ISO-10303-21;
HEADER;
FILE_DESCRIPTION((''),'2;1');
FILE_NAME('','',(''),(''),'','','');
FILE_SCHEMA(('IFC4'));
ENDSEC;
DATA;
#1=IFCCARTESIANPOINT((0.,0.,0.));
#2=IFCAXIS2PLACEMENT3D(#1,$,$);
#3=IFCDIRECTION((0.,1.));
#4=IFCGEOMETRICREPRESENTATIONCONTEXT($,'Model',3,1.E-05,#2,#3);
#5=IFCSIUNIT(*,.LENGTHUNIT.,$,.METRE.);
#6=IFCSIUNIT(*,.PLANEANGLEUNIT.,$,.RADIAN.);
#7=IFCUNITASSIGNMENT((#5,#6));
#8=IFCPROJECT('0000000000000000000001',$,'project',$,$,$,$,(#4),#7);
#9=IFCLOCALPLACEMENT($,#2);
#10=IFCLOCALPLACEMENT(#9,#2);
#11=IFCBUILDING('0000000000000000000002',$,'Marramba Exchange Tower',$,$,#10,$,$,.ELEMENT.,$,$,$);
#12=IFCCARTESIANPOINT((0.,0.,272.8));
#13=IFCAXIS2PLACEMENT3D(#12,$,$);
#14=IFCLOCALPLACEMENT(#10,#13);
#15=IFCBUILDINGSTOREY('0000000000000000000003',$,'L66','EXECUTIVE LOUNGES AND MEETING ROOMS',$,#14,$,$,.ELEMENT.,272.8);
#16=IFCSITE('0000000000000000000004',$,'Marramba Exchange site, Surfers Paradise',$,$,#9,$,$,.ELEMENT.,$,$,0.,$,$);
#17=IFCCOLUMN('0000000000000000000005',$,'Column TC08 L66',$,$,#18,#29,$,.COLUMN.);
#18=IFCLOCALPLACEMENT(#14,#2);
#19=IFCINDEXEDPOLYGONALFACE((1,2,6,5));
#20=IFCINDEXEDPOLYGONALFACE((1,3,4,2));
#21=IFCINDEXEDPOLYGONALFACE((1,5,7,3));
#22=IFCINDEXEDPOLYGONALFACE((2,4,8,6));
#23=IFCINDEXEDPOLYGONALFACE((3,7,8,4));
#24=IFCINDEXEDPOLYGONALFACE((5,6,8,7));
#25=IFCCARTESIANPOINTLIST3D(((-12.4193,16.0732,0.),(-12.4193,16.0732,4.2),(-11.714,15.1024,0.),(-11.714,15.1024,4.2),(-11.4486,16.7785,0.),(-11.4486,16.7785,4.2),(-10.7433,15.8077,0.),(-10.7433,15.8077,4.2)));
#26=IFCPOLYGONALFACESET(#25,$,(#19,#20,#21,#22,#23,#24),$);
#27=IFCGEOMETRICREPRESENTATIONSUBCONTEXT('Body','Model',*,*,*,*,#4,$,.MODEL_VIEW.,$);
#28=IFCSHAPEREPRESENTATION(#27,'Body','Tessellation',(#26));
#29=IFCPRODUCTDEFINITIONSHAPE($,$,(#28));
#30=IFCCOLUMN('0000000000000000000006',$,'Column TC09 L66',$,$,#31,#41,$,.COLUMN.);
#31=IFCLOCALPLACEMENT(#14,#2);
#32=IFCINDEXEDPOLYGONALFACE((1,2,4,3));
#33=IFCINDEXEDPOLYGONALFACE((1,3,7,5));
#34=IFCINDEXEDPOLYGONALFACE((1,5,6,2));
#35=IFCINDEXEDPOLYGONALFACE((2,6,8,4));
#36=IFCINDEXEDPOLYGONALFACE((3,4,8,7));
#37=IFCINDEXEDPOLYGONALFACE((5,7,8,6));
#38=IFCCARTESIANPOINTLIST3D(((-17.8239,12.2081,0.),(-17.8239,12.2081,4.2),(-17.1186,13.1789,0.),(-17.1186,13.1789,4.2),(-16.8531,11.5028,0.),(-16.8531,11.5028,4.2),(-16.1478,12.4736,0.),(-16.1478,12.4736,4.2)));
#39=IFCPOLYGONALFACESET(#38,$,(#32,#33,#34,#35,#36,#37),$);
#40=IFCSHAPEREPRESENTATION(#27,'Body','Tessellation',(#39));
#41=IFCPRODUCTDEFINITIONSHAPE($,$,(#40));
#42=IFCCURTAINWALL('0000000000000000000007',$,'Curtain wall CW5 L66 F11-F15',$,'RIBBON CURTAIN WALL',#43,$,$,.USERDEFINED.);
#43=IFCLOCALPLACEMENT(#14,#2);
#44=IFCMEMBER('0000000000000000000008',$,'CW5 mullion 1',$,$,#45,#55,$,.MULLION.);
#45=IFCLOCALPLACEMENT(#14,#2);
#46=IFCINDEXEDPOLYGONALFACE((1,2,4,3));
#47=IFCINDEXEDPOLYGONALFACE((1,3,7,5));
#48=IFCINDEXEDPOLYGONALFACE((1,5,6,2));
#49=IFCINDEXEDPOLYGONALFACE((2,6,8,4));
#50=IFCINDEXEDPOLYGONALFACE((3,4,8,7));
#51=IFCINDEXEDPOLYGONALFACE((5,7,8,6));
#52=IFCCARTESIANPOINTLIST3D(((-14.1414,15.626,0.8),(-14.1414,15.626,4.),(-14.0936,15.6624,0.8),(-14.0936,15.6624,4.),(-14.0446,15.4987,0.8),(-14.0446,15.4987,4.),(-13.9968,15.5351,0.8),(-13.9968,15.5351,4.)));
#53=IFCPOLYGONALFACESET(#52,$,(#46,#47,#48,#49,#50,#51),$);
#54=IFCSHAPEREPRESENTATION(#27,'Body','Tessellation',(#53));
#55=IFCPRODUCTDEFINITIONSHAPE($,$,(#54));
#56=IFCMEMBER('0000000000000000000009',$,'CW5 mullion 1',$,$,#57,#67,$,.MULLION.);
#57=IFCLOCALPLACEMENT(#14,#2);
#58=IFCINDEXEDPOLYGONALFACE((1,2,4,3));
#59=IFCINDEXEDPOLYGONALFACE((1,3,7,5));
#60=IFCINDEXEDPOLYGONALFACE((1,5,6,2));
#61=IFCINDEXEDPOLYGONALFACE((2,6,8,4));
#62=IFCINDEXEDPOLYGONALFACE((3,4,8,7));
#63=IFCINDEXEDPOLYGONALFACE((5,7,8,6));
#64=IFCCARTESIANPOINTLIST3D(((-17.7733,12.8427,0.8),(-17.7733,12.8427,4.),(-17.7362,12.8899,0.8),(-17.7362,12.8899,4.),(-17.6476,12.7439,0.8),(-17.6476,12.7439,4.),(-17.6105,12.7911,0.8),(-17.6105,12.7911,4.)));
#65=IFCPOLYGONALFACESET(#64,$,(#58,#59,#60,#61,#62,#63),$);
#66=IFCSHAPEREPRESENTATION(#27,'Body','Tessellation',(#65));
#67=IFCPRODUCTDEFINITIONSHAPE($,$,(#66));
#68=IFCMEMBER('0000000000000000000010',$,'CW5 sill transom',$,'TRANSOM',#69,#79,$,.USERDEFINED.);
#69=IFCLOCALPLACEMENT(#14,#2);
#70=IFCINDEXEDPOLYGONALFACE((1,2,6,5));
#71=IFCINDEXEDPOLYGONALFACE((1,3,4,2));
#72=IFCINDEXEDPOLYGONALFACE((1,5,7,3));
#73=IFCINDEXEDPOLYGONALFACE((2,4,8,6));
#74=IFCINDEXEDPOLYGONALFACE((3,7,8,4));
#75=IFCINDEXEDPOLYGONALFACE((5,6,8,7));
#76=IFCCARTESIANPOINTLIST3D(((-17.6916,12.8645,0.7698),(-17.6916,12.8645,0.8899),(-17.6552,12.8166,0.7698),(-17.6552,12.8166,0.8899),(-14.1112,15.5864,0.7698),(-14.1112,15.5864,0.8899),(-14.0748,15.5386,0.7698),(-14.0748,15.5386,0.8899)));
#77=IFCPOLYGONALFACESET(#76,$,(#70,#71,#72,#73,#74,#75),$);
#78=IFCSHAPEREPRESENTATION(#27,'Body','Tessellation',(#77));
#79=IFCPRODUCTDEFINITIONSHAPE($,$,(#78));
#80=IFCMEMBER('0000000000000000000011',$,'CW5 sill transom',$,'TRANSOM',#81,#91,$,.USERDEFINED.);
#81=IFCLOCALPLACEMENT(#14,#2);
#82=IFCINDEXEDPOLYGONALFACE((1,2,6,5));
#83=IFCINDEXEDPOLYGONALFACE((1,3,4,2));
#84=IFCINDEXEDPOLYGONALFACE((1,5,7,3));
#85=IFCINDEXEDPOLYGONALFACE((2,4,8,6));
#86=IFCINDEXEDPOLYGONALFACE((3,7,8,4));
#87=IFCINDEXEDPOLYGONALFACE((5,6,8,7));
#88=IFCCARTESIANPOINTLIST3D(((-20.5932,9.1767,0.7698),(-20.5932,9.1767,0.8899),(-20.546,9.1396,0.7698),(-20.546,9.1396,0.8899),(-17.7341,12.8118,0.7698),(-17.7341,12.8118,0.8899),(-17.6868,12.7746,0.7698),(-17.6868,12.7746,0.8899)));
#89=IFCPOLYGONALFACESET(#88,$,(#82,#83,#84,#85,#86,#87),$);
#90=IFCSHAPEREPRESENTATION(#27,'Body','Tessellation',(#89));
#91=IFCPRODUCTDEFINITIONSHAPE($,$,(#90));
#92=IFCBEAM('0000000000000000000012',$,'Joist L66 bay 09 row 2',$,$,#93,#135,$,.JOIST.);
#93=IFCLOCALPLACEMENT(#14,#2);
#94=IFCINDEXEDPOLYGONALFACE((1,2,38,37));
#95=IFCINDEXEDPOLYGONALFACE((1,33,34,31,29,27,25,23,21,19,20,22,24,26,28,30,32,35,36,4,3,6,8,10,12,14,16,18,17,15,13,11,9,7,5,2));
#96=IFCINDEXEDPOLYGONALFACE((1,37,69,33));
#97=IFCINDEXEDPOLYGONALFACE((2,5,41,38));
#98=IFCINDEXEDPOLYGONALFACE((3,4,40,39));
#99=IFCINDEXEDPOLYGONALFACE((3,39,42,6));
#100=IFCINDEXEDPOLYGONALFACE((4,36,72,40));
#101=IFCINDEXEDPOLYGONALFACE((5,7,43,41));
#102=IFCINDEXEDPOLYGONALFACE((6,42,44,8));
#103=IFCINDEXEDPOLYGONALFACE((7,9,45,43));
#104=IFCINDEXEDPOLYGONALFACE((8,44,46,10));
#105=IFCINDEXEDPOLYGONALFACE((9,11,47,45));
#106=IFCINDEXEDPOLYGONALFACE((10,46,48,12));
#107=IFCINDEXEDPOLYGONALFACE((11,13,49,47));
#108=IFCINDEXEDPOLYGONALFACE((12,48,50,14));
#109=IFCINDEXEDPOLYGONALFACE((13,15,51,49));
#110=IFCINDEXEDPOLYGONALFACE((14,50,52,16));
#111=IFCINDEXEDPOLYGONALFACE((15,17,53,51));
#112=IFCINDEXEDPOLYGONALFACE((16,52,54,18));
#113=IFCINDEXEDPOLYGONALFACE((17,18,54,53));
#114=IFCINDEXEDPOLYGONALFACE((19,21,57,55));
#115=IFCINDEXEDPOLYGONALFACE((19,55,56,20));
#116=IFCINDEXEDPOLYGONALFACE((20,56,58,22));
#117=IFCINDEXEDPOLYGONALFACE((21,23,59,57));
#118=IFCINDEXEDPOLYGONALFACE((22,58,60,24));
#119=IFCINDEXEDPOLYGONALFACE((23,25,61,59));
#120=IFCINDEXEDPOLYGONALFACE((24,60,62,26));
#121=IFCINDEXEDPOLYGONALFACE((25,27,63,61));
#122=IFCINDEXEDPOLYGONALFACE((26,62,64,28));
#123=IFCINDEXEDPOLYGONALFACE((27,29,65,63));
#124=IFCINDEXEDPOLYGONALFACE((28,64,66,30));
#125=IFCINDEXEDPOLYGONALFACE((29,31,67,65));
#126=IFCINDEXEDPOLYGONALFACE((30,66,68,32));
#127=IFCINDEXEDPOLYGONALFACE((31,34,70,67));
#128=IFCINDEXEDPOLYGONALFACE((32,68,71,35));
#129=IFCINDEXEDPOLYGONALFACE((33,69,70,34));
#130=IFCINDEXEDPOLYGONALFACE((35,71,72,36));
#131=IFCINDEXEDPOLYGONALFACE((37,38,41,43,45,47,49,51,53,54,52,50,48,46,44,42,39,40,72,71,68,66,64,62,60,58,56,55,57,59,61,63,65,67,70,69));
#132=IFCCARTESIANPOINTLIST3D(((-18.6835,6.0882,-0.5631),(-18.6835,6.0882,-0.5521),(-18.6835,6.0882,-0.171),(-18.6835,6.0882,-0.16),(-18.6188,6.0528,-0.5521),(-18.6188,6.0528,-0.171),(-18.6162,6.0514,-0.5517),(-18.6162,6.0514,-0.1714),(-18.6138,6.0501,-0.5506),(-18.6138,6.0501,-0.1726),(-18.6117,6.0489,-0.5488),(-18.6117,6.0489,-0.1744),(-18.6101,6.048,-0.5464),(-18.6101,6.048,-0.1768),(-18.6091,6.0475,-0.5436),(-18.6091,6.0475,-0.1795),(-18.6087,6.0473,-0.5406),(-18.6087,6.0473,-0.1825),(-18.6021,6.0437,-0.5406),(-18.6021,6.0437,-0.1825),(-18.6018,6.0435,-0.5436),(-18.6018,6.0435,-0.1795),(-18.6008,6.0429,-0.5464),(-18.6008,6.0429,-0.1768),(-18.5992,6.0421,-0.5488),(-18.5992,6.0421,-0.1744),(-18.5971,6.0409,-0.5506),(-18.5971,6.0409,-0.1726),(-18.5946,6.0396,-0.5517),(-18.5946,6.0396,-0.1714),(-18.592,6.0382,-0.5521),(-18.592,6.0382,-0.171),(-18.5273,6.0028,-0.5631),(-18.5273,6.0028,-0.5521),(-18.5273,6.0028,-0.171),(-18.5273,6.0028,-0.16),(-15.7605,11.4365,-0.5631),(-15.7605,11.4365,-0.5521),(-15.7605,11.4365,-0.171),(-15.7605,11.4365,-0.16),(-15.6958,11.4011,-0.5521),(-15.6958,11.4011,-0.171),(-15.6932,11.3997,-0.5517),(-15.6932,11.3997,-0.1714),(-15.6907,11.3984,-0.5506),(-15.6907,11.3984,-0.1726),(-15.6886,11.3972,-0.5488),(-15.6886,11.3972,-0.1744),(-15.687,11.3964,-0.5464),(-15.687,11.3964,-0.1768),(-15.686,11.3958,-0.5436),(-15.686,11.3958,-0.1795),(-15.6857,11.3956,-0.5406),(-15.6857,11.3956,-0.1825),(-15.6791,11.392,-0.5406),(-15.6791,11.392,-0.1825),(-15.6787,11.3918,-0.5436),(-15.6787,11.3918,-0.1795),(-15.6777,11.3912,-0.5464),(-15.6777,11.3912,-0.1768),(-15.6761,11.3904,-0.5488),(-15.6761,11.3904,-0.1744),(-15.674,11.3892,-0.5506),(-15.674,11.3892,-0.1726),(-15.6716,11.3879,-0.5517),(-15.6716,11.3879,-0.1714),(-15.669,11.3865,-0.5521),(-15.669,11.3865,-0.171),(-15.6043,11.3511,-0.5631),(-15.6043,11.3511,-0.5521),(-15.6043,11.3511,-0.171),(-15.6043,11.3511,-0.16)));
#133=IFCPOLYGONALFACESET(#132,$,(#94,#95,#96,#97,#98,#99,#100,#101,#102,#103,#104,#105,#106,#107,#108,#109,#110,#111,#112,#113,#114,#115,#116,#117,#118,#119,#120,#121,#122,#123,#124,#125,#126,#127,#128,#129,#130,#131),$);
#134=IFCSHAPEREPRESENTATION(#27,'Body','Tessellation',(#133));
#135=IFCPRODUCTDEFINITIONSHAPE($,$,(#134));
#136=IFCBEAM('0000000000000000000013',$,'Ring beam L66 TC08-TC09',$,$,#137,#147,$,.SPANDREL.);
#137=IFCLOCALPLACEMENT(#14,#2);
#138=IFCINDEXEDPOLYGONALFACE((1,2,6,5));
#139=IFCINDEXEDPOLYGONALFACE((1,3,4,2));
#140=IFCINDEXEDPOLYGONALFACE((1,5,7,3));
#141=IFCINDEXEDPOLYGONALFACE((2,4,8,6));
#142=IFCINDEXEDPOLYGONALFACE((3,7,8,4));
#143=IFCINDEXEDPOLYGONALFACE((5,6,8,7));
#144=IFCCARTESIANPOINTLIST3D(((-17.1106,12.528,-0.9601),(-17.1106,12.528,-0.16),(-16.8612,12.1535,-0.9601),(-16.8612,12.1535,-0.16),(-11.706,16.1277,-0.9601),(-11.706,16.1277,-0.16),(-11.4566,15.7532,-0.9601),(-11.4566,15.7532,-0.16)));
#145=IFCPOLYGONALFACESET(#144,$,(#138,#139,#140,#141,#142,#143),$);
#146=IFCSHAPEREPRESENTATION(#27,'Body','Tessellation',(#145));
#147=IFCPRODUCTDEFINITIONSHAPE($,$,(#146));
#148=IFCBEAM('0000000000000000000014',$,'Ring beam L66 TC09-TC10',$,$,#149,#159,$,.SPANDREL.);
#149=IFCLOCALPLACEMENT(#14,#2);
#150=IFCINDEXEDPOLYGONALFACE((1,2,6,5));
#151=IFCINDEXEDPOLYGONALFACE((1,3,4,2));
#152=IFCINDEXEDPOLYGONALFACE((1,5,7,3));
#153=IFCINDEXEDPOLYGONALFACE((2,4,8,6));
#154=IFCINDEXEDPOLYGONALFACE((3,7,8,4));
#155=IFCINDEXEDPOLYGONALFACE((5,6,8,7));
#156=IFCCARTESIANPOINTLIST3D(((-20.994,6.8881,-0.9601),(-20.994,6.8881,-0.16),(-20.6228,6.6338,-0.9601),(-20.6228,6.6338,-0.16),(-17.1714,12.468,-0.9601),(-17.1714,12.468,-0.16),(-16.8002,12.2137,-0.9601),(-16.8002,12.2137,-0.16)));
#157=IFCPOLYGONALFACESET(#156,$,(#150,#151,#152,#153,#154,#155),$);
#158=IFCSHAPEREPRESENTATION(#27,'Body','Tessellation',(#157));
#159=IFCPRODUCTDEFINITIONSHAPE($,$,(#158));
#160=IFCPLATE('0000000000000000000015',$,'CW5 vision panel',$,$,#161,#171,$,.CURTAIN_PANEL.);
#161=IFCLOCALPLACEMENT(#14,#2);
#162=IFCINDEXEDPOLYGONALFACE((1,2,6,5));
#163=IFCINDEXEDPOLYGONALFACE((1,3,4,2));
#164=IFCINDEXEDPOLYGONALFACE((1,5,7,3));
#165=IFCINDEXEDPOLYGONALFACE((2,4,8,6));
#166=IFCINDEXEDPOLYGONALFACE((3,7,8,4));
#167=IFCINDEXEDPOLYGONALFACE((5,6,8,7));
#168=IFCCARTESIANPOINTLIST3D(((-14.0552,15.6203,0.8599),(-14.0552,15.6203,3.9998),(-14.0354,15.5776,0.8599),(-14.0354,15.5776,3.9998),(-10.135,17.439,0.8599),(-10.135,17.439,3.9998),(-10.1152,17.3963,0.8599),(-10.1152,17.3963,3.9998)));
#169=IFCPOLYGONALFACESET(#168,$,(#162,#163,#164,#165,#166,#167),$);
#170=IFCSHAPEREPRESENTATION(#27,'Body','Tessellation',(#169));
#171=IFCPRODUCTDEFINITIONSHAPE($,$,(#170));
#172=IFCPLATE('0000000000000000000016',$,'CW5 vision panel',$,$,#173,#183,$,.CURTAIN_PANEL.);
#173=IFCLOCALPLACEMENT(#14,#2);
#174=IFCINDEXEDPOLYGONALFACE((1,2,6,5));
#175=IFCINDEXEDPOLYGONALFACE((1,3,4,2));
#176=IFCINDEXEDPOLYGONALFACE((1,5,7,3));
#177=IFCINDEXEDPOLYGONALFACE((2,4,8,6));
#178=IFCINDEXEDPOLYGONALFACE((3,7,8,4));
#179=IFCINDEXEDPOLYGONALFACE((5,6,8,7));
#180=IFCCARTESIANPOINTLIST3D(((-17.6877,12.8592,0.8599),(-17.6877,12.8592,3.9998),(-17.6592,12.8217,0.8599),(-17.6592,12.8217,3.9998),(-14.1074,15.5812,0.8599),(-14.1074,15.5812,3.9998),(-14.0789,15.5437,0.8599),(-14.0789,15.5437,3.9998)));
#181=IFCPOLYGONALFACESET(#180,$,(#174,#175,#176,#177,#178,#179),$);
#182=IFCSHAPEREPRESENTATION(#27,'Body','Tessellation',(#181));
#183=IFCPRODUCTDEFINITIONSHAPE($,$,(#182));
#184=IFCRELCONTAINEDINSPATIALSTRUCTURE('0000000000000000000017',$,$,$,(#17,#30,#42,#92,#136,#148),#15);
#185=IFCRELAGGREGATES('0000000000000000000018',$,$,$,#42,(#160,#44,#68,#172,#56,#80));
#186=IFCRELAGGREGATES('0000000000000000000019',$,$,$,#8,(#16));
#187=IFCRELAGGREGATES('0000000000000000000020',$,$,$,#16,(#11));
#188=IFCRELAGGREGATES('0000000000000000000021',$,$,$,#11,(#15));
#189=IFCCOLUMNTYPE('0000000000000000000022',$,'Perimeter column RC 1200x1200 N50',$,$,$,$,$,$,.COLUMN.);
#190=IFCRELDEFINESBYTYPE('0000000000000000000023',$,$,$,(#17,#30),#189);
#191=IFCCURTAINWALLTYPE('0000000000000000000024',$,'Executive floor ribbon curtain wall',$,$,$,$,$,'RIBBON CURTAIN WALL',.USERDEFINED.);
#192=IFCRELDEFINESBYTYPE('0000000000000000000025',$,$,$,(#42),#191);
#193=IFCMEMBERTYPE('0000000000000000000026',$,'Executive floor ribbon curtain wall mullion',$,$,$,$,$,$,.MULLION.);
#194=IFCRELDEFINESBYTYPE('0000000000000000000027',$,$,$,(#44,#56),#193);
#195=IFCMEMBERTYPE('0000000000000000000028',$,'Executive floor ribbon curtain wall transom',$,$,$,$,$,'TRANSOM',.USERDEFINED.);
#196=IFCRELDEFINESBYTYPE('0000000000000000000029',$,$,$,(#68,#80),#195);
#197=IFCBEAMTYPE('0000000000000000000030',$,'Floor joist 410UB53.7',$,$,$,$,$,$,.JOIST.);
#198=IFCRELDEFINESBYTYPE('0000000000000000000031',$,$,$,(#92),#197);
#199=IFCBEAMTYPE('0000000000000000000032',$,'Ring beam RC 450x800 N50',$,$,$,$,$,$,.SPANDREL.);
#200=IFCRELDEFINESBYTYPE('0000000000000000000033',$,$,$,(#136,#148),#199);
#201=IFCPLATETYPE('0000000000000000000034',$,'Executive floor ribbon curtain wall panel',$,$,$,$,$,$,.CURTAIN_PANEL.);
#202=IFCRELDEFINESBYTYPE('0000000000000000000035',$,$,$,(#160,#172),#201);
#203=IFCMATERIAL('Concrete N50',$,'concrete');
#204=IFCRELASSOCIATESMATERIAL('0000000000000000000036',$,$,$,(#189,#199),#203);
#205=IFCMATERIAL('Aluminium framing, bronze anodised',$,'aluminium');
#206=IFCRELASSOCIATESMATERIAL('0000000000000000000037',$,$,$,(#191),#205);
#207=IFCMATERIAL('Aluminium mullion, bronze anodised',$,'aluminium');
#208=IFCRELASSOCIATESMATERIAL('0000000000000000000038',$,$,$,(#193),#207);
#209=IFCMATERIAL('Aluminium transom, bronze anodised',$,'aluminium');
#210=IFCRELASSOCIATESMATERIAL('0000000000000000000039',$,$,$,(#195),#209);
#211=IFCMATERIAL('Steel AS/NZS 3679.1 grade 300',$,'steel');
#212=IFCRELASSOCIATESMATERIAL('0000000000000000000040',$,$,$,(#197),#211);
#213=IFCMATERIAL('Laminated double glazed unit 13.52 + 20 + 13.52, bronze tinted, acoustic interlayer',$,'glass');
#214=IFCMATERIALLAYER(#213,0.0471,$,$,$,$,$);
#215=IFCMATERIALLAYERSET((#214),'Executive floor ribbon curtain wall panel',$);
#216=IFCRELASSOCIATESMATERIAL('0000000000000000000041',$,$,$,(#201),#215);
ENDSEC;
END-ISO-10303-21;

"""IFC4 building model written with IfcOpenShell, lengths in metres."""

from ifc_helpers import new_model, si_unit, direction, frame, origin, origin_2d, place, context, subcontext, project, spatial, rectangle, i_section, extrude, material, layer, layer_set, material_profile, profile_set, type_object, element, aggregate, save


model = new_model("IFC4")

# Units and contexts
model_context = context("Model", 3, precision=1e-05, world=origin(), true_north=direction((0.0, 1.0)))
body_context = subcontext(model_context, "Body", "Model", "MODEL_VIEW")
ifc_project = project(units=[si_unit("LENGTHUNIT", "METRE"), si_unit("PLANEANGLEUNIT", "RADIAN")], contexts=[model_context])

# Site, building, storey
site_placement = place(None, origin())
site = spatial("IfcSite", under=ifc_project, at=site_placement, Name="Marramba Exchange site, Surfers Paradise", CompositionType="ELEMENT", RefElevation=0.0)
building_placement = place(site_placement, origin())
building = spatial("IfcBuilding", under=site, at=building_placement, Name="Marramba Exchange Tower", CompositionType="ELEMENT")
storey_placement = place(building_placement, frame((0.0, 0.0, 272.8)))
storey = spatial("IfcBuildingStorey", under=building, at=storey_placement, Name="L66", Description="EXECUTIVE LOUNGES AND MEETING ROOMS", CompositionType="ELEMENT", Elevation=272.8)

# Columns
ifc_material_1 = material(Name="Concrete N50", Category="concrete")
ifc_material_profile_1 = material_profile(ifc_material_1, rectangle(XDim=1.2, YDim=1.2, at=origin_2d()), Name="RC 1200x1200")
ifc_profile_set_1 = profile_set([ifc_material_profile_1], Name="Concrete N50")
column_type = type_object("IfcColumnType", Name="Perimeter column RC 1200x1200 N50", PredefinedType="COLUMN", material=ifc_profile_set_1)
for number, where, z_axis, x_axis, name in (
    (1, (-11.5813, 15.9404, 0.0), (0.0, 0.0, 1.0), (-0.587785, 0.809017, 0.0), "Column TC08 L66"),
    (2, (-16.9858, 12.3408, 0.0), (0.0, 0.0, 1.0), (-0.809017, 0.587785, 0.0), "Column TC09 L66"),
):
    element("IfcColumn", number, at=place(storey_placement, frame(where, z_axis=z_axis, x_axis=x_axis)), inside=storey, type_object=column_type, Name=name, PredefinedType="COLUMN", context=body_context, shape_type="SweptSolid", body=[
        extrude(rectangle(XDim=1.2, YDim=1.2, at=origin_2d()), origin(), (0.0, 0.0, 1.0), 4.2),
    ])

# Curtain wall, members
ifc_material_2 = material(Name="Aluminium framing, bronze anodised", Category="aluminium")
curtain_wall_type = type_object("IfcCurtainWallType", Name="Executive floor ribbon curtain wall", ElementType="RIBBON CURTAIN WALL", PredefinedType="USERDEFINED", material=ifc_material_2)
curtain_wall_placement = place(storey_placement, origin())
curtain_wall = element("IfcCurtainWall", 3, at=curtain_wall_placement, inside=storey, type_object=curtain_wall_type, Name="Curtain wall CW5 L66 F11-F15", ObjectType="RIBBON CURTAIN WALL", PredefinedType="USERDEFINED")
ifc_material_3 = material(Name="Aluminium mullion, bronze anodised", Category="aluminium")
ifc_material_profile_2 = material_profile(ifc_material_3, rectangle(XDim=0.1599, YDim=0.0601, at=origin_2d()), Name="CW5 mullion 60x160")
ifc_profile_set_2 = profile_set([ifc_material_profile_2], Name="Aluminium mullion, bronze anodised")
member_type_1 = type_object("IfcMemberType", Name="Executive floor ribbon curtain wall mullion", PredefinedType="MULLION", material=ifc_profile_set_2)
member_1_placement = place(storey_placement, frame((-14.0691, 15.5806, 0.8), z_axis=(0.0, 0.0, 1.0), x_axis=(0.605219, -0.796059, 0.0)))
member_1 = element("IfcMember", 4, at=member_1_placement, type_object=member_type_1, Name="CW5 mullion 1", PredefinedType="MULLION", context=body_context, shape_type="SweptSolid", body=[
    extrude(rectangle(XDim=0.1599, YDim=0.0601, at=origin_2d()), origin(), (0.0, 0.0, 1.0), 3.2),
])
member_2_placement = place(storey_placement, frame((-17.6919, 12.8169, 0.8), z_axis=(0.0, 0.0, 1.0), x_axis=(0.786003, -0.618223, 0.0)))
member_2 = element("IfcMember", 5, at=member_2_placement, type_object=member_type_1, Name="CW5 mullion 1", PredefinedType="MULLION", context=body_context, shape_type="SweptSolid", body=[
    extrude(rectangle(XDim=0.1599, YDim=0.0601, at=origin_2d()), origin(), (0.0, 0.0, 1.0), 3.2),
])
ifc_material_4 = material(Name="Aluminium transom, bronze anodised", Category="aluminium")
ifc_material_profile_3 = material_profile(ifc_material_4, rectangle(XDim=0.0601, YDim=0.1201, at=origin_2d()), Name="CW5 transom 60x120")
ifc_profile_set_3 = profile_set([ifc_material_profile_3], Name="Aluminium transom, bronze anodised")
member_type_2 = type_object("IfcMemberType", Name="Executive floor ribbon curtain wall transom", ElementType="TRANSOM", PredefinedType="USERDEFINED", material=ifc_profile_set_3)
member_3_placement = place(storey_placement, frame((-14.093, 15.5625, 0.8298), z_axis=(-0.796068, -0.605207, 0.0), x_axis=(0.605207, -0.796068, 0.0)))
member_3 = element("IfcMember", 6, at=member_3_placement, type_object=member_type_2, Name="CW5 sill transom", ObjectType="TRANSOM", PredefinedType="USERDEFINED", context=body_context, shape_type="SweptSolid", body=[
    extrude(rectangle(XDim=0.0601, YDim=0.1201, at=origin_2d()), origin(), (0.0, 0.0, 1.0), 4.4976),
])
member_4_placement = place(storey_placement, frame((-17.7104, 12.7932, 0.8298), z_axis=(-0.618229, -0.785998, 0.0), x_axis=(0.785998, -0.618229, 0.0)))
member_4 = element("IfcMember", 7, at=member_4_placement, type_object=member_type_2, Name="CW5 sill transom", ObjectType="TRANSOM", PredefinedType="USERDEFINED", context=body_context, shape_type="SweptSolid", body=[
    extrude(rectangle(XDim=0.0601, YDim=0.1201, at=origin_2d()), origin(), (0.0, 0.0, 1.0), 4.6248),
])

# Beams
ifc_material_5 = material(Name="Steel AS/NZS 3679.1 grade 300", Category="steel")
ifc_material_profile_4 = material_profile(ifc_material_5, i_section(OverallWidth=0.178, OverallDepth=0.4031, WebThickness=0.0076, FlangeThickness=0.011, FilletRadius=0.0115, at=origin_2d()), Name="410UB53.7")
ifc_profile_set_4 = profile_set([ifc_material_profile_4], Name="Steel AS/NZS 3679.1 grade 300")
beam_type_1 = type_object("IfcBeamType", Name="Floor joist 410UB53.7", PredefinedType="JOIST", material=ifc_profile_set_4)
beam_1_placement = place(storey_placement, frame((-15.6824, 11.3938, -0.3616), z_axis=(-0.479584, -0.877496, 0.0), x_axis=(0.877496, -0.479584, 0.0)))
element("IfcBeam", 8, at=beam_1_placement, inside=storey, type_object=beam_type_1, Name="Joist L66 bay 09 row 2", PredefinedType="JOIST", context=body_context, shape_type="SweptSolid", body=[
    extrude(i_section(OverallWidth=0.178, OverallDepth=0.4031, WebThickness=0.0076, FlangeThickness=0.011, FilletRadius=0.0115, at=origin_2d()), origin(), (0.0, 0.0, 1.0), 6.095),
])
ifc_material_profile_5 = material_profile(ifc_material_1, rectangle(XDim=0.45, YDim=0.8, at=origin_2d()), Name="RC 450x800")
ifc_profile_set_5 = profile_set([ifc_material_profile_5], Name="Concrete N50")
beam_type_2 = type_object("IfcBeamType", Name="Ring beam RC 450x800 N50", PredefinedType="SPANDREL", material=ifc_profile_set_5)
beam_2_placement = place(storey_placement, frame((-11.5813, 15.9404, -0.5601), z_axis=(-0.832293, -0.554336, 0.0), x_axis=(0.554336, -0.832293, 0.0)))
element("IfcBeam", 9, at=beam_2_placement, inside=storey, type_object=beam_type_2, Name="Ring beam L66 TC08-TC09", PredefinedType="SPANDREL", context=body_context, shape_type="SweptSolid", body=[
    extrude(rectangle(XDim=0.45, YDim=0.8, at=origin_2d()), origin(), (0.0, 0.0, 1.0), 6.4937),
])
beam_3_placement = place(storey_placement, frame((-16.9858, 12.3408, -0.5601), z_axis=(-0.56516, -0.824981, 0.0), x_axis=(0.824981, -0.56516, 0.0)))
element("IfcBeam", 10, at=beam_3_placement, inside=storey, type_object=beam_type_2, Name="Ring beam L66 TC09-TC10", PredefinedType="SPANDREL", context=body_context, shape_type="SweptSolid", body=[
    extrude(rectangle(XDim=0.45, YDim=0.8, at=origin_2d()), origin(), (0.0, 0.0, 1.0), 6.7637),
])

# Plates
ifc_material_6 = material(Name="Laminated double glazed unit 13.52 + 20 + 13.52, bronze tinted, acoustic interlayer", Category="glass")
ifc_layer_1 = layer(ifc_material_6, 0.0471)
ifc_layer_set_1 = layer_set([ifc_layer_1], Name="Executive floor ribbon curtain wall panel")
plate_type = type_object("IfcPlateType", Name="Executive floor ribbon curtain wall panel", PredefinedType="CURTAIN_PANEL", material=ifc_layer_set_1)
plate_1_placement = place(storey_placement, frame((-12.0852, 16.5083, 0.8599), z_axis=(0.0, 0.0, 1.0), x_axis=(-0.907131, -0.420849, 0.0)))
plate_1 = element("IfcPlate", 11, at=plate_1_placement, type_object=plate_type, Name="CW5 vision panel", PredefinedType="CURTAIN_PANEL", context=body_context, shape_type="SweptSolid", body=[
    extrude(rectangle(XDim=4.3215, YDim=0.0471, at=origin_2d()), origin(), (0.0, 0.0, 1.0), 3.1399),
])
plate_2_placement = place(storey_placement, frame((-15.8833, 14.2014, 0.8599), z_axis=(0.0, 0.0, 1.0), x_axis=(-0.796059, -0.605219, 0.0)))
plate_2 = element("IfcPlate", 12, at=plate_2_placement, type_object=plate_type, Name="CW5 vision panel", PredefinedType="CURTAIN_PANEL", context=body_context, shape_type="SweptSolid", body=[
    extrude(rectangle(XDim=4.4976, YDim=0.0471, at=origin_2d()), origin(), (0.0, 0.0, 1.0), 3.1399),
])
aggregate(curtain_wall, [plate_1, member_1, member_3, plate_2, member_2, member_4])

save(model, "model.ifc")
